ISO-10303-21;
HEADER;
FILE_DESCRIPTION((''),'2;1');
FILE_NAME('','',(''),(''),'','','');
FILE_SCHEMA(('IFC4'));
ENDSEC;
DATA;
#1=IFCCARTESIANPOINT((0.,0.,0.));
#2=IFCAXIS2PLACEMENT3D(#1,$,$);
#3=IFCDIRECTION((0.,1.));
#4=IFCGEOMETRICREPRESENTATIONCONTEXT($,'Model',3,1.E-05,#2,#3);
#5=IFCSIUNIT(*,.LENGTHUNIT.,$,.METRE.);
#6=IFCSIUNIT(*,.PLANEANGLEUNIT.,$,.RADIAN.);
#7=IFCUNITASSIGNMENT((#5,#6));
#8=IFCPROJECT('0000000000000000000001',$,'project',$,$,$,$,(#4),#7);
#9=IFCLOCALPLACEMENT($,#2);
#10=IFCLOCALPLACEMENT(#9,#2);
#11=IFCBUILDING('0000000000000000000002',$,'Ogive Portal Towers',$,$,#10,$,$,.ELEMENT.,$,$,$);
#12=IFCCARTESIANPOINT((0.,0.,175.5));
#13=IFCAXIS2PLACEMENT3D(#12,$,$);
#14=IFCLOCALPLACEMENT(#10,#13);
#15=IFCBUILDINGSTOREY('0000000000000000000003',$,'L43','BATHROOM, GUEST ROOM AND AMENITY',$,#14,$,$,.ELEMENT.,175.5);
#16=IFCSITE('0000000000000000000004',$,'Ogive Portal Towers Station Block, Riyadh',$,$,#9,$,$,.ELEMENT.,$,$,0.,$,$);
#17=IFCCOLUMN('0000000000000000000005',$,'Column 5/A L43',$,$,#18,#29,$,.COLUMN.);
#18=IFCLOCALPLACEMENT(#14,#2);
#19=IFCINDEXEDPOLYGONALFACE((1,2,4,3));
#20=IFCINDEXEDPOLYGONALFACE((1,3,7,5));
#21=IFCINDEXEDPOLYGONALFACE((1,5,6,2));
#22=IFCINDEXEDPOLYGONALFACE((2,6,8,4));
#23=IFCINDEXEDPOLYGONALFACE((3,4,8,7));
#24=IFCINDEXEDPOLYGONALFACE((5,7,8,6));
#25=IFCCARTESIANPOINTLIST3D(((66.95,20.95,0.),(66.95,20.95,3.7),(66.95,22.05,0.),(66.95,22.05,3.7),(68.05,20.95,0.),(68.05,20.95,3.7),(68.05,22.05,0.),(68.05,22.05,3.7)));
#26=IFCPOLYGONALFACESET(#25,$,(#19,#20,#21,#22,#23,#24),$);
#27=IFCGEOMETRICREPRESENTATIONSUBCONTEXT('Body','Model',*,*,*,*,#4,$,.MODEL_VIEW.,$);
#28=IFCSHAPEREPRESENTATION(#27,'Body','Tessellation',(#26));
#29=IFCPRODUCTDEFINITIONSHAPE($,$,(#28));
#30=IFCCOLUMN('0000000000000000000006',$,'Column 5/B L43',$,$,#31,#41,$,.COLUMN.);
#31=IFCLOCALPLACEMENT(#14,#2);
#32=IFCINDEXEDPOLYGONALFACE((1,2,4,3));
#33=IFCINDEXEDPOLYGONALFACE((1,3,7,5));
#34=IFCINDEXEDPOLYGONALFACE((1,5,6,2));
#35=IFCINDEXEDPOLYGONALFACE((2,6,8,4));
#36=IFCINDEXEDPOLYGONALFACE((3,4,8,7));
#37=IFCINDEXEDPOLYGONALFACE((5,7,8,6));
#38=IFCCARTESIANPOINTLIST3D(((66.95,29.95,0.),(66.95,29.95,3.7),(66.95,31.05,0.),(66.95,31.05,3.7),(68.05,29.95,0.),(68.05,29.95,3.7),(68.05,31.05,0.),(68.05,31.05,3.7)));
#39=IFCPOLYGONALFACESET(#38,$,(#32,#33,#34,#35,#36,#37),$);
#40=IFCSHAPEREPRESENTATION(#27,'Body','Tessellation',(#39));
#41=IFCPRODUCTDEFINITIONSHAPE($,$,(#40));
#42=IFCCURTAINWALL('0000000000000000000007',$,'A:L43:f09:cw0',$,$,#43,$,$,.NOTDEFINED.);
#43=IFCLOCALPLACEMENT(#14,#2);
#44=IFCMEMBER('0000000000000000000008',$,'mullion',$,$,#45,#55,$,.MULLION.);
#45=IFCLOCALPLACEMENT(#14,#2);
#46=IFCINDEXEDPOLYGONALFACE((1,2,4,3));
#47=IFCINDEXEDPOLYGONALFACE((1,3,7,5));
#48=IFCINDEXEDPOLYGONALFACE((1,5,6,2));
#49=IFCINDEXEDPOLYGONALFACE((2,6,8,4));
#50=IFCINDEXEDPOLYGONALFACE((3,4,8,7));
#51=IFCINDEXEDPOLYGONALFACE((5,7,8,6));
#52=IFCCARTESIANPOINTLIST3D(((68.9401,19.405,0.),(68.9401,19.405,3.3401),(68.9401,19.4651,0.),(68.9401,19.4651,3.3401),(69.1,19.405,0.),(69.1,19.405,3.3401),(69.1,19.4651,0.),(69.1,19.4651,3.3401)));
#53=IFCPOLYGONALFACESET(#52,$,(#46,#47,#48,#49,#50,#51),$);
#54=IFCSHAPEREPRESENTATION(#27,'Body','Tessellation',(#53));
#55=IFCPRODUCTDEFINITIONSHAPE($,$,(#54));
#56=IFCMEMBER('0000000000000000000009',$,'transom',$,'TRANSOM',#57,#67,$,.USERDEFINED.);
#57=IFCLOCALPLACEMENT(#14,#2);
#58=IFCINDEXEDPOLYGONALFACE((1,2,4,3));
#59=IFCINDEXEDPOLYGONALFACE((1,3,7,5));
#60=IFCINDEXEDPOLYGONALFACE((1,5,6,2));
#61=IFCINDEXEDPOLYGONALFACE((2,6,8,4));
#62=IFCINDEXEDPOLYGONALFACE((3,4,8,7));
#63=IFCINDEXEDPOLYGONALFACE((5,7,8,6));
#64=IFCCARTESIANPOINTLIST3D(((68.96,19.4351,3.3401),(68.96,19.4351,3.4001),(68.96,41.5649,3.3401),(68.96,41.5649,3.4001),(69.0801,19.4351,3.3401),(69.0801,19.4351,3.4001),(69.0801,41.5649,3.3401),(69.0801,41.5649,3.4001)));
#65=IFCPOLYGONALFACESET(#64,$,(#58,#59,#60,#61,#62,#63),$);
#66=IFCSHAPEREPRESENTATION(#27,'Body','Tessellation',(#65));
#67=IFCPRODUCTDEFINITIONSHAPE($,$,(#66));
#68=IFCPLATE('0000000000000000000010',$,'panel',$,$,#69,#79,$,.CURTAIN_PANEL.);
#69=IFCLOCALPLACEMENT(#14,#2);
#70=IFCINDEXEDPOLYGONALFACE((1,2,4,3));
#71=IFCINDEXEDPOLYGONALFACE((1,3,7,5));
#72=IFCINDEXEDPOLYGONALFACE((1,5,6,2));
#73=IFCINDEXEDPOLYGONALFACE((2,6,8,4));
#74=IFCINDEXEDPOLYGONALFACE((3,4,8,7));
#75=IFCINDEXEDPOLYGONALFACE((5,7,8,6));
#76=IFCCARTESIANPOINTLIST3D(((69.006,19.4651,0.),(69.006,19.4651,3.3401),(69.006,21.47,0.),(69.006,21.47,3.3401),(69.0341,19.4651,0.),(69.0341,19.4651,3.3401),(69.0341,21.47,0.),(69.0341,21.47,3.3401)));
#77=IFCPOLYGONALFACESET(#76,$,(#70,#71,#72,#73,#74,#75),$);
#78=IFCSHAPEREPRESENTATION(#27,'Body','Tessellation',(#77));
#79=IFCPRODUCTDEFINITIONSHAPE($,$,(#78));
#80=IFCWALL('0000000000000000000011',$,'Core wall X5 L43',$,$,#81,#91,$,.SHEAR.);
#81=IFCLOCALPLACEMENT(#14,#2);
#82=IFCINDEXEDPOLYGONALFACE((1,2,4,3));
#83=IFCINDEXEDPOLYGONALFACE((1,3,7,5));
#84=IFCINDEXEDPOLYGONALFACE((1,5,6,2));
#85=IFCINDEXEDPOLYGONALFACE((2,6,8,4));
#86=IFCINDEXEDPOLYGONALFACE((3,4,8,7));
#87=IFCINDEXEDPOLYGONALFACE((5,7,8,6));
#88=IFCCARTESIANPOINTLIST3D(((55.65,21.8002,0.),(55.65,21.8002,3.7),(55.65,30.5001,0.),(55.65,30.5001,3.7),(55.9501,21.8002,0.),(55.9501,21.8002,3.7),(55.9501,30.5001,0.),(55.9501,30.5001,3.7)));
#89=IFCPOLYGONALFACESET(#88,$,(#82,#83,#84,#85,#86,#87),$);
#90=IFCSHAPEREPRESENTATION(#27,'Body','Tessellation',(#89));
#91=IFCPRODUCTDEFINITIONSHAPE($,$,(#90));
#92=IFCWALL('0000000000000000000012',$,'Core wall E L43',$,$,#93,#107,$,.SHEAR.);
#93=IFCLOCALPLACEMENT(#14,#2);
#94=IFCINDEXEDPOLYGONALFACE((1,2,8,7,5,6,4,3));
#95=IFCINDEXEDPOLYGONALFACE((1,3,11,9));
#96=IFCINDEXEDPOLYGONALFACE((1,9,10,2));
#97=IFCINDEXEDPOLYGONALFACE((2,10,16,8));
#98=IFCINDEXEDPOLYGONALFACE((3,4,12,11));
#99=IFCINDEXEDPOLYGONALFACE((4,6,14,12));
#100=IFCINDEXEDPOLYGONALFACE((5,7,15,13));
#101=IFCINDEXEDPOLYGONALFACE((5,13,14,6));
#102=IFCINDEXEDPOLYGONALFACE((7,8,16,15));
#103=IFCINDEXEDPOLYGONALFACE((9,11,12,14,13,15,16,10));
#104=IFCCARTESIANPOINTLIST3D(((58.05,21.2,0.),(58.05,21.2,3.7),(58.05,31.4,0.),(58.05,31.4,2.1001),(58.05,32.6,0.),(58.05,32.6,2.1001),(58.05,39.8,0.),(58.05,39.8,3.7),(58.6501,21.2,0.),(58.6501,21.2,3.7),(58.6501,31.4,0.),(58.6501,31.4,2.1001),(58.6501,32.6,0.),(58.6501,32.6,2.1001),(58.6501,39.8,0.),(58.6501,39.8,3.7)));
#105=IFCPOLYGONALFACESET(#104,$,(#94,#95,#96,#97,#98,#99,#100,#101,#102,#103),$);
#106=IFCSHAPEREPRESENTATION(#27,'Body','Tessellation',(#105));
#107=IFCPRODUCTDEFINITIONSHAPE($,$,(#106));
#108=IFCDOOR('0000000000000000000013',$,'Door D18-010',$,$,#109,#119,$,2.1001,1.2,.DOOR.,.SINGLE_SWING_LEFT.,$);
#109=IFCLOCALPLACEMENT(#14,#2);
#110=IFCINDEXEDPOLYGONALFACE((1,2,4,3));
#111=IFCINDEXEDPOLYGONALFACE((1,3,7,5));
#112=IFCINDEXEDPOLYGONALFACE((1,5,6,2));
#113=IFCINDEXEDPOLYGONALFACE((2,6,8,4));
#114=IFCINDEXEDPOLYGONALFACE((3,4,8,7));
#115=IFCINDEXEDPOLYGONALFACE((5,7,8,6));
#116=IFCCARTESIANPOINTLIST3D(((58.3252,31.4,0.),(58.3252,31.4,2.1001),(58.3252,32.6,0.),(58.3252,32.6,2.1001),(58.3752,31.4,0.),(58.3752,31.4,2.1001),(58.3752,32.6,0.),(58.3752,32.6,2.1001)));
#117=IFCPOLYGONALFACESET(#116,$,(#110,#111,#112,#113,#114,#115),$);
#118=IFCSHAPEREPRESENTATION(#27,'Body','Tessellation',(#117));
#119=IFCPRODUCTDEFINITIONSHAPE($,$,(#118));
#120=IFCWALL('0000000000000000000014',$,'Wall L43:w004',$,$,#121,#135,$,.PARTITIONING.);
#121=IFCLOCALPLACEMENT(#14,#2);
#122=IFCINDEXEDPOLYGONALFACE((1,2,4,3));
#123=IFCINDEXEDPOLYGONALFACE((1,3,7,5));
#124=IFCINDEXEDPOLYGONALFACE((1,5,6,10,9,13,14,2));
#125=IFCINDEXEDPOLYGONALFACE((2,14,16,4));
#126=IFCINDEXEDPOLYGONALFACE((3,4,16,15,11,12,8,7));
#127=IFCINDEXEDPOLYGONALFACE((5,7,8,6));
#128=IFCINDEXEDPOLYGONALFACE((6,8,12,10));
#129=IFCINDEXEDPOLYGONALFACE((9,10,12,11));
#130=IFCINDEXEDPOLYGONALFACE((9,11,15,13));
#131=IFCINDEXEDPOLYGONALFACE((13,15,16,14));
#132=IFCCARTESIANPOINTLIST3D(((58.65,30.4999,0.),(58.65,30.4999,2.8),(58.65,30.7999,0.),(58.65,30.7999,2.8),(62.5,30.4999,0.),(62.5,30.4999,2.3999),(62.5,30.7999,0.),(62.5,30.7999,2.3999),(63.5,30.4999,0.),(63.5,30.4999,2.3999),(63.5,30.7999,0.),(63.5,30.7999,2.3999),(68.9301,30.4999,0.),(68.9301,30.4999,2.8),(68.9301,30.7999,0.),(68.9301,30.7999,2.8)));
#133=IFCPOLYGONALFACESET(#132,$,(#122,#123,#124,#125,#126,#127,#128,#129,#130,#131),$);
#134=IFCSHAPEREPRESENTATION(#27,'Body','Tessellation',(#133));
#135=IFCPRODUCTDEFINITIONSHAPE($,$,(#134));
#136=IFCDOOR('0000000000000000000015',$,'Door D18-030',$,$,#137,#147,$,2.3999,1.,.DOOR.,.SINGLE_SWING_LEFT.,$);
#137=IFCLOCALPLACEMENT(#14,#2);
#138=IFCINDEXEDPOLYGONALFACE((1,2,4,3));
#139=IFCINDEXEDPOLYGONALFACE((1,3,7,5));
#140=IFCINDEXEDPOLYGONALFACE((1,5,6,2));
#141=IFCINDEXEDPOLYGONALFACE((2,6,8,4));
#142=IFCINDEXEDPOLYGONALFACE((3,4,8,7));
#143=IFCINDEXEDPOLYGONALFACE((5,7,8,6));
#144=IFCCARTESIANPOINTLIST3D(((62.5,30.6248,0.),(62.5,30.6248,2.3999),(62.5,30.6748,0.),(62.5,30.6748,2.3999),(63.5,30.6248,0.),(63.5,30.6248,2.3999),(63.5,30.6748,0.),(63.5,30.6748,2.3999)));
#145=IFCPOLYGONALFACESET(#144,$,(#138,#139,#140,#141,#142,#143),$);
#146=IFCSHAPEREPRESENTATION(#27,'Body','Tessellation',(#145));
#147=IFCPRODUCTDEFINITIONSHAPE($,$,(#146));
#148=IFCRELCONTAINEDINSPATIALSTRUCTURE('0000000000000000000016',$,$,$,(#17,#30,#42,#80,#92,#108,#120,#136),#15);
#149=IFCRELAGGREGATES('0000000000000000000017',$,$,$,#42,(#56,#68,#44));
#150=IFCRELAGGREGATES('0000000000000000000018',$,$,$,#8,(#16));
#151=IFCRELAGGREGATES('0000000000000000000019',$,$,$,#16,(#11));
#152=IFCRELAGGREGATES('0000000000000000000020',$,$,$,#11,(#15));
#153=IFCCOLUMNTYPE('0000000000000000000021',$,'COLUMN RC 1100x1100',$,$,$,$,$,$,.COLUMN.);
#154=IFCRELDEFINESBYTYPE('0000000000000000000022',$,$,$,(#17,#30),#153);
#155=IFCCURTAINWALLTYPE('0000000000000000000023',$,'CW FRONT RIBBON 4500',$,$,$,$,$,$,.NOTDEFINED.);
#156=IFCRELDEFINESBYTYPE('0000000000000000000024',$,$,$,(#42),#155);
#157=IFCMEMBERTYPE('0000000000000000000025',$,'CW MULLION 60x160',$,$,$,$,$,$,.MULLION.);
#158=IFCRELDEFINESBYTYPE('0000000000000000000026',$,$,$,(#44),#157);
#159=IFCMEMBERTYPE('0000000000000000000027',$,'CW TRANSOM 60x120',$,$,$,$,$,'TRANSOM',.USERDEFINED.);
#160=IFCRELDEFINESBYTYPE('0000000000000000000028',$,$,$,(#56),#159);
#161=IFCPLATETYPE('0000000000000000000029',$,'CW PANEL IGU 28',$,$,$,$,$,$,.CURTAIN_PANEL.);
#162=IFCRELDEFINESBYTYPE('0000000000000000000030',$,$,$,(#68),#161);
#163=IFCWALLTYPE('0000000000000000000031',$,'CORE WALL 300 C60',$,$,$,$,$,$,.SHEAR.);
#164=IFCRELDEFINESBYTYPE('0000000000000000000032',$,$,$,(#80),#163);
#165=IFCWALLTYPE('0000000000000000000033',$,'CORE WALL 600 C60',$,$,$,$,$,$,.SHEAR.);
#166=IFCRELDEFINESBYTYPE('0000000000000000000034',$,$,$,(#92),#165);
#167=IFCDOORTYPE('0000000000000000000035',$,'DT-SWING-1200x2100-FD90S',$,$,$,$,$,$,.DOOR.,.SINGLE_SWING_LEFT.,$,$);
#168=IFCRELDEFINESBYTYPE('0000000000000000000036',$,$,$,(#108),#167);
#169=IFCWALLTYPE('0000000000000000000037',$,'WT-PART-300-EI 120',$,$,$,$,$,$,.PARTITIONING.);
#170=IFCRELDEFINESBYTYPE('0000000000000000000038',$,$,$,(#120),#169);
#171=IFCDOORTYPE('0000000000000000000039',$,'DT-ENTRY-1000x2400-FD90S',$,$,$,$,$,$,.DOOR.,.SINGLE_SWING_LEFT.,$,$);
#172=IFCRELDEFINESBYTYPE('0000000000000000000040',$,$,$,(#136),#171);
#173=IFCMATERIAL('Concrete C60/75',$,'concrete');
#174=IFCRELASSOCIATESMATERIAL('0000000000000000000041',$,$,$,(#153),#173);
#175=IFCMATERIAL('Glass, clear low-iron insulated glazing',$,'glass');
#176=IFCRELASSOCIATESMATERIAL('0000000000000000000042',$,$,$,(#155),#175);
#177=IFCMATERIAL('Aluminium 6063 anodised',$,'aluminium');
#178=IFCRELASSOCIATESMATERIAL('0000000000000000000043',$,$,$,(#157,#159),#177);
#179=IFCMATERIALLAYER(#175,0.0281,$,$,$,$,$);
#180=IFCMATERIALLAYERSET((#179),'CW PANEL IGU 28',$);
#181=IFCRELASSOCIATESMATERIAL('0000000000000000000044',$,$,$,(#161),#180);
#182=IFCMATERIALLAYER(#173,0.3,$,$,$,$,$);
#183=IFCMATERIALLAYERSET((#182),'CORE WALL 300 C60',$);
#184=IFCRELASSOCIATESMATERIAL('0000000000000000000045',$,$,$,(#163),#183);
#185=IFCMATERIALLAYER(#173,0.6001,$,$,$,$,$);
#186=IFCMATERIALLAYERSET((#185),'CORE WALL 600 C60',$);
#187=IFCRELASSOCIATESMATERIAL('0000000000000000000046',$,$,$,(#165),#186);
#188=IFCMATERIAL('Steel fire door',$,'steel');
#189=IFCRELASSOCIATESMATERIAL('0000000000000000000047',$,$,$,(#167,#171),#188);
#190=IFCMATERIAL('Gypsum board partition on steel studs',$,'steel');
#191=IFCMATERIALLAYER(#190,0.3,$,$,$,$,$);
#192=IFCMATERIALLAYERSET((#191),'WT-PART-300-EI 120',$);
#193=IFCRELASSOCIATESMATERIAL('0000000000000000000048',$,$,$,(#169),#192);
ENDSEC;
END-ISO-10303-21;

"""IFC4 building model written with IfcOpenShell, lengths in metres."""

from ifc_helpers import new_model, si_unit, direction, frame, frame_2d, origin, origin_2d, place, context, subcontext, project, spatial, rectangle, extrude, material, layer, layer_set, material_profile, profile_set, type_object, element, fill, aggregate, save


model = new_model("IFC4")

# Units and contexts
model_context = context("Model", 3, precision=1e-05, world=origin(), true_north=direction((0.0, 1.0)))
body_context = subcontext(model_context, "Body", "Model", "MODEL_VIEW")
ifc_project = project(units=[si_unit("LENGTHUNIT", "METRE"), si_unit("PLANEANGLEUNIT", "RADIAN")], contexts=[model_context])

# Site, building, storey
site_placement = place(None, origin())
site = spatial("IfcSite", under=ifc_project, at=site_placement, Name="Ogive Portal Towers Station Block, Riyadh", CompositionType="ELEMENT", RefElevation=0.0)
building_placement = place(site_placement, origin())
building = spatial("IfcBuilding", under=site, at=building_placement, Name="Ogive Portal Towers", CompositionType="ELEMENT")
storey_placement = place(building_placement, frame((0.0, 0.0, 175.5)))
storey = spatial("IfcBuildingStorey", under=building, at=storey_placement, Name="L43", Description="BATHROOM, GUEST ROOM AND AMENITY", CompositionType="ELEMENT", Elevation=175.5)

# Columns
ifc_material_1 = material(Name="Concrete C60/75", Category="concrete")
ifc_material_profile_1 = material_profile(ifc_material_1, rectangle(XDim=1.1001, YDim=1.1001, at=origin_2d()), Name="RC 1100x1100")
ifc_profile_set_1 = profile_set([ifc_material_profile_1], Name="Concrete C60/75")
column_type = type_object("IfcColumnType", Name="COLUMN RC 1100x1100", PredefinedType="COLUMN", material=ifc_profile_set_1)
for number, where, z_axis, x_axis, name in (
    (1, (67.5, 21.5, 0.0), (0.0, 0.0, 1.0), (1.0, 0.0, 0.0), "Column 5/A L43"),
    (2, (67.5, 30.5, 0.0), (0.0, 0.0, 1.0), (1.0, 0.0, 0.0), "Column 5/B L43"),
):
    element("IfcColumn", number, at=place(storey_placement, frame(where, z_axis=z_axis, x_axis=x_axis)), inside=storey, type_object=column_type, Name=name, PredefinedType="COLUMN", context=body_context, shape_type="SweptSolid", body=[
        extrude(rectangle(XDim=1.1001, YDim=1.1001, at=origin_2d()), origin(), (0.0, 0.0, 1.0), 3.7),
    ])

# Curtain wall, members, plate
ifc_material_2 = material(Name="Glass, clear low-iron insulated glazing", Category="glass")
curtain_wall_type = type_object("IfcCurtainWallType", Name="CW FRONT RIBBON 4500", PredefinedType="NOTDEFINED", material=ifc_material_2)
curtain_wall_placement = place(storey_placement, origin())
curtain_wall = element("IfcCurtainWall", 3, at=curtain_wall_placement, inside=storey, type_object=curtain_wall_type, Name="A:L43:f09:cw0", PredefinedType="NOTDEFINED")
ifc_material_3 = material(Name="Aluminium 6063 anodised", Category="aluminium")
ifc_material_profile_2 = material_profile(ifc_material_3, rectangle(XDim=0.1599, YDim=0.0601, at=origin_2d()), Name="AL 60x160")
ifc_profile_set_2 = profile_set([ifc_material_profile_2], Name="Aluminium 6063 anodised")
member_type_1 = type_object("IfcMemberType", Name="CW MULLION 60x160", PredefinedType="MULLION", material=ifc_profile_set_2)
member_1_placement = place(storey_placement, frame((69.02, 19.4351, 0.0), z_axis=(0.0, 0.0, 1.0), x_axis=(-1.0, 0.0, 0.0)))
member_1 = element("IfcMember", 4, at=member_1_placement, type_object=member_type_1, Name="mullion", PredefinedType="MULLION", context=body_context, shape_type="SweptSolid", body=[
    extrude(rectangle(XDim=0.1599, YDim=0.0601, at=origin_2d()), origin(), (0.0, 0.0, 1.0), 3.3401),
])
ifc_material_profile_3 = material_profile(ifc_material_3, rectangle(XDim=0.1201, YDim=0.0601, at=origin_2d()), Name="AL 120x60")
ifc_profile_set_3 = profile_set([ifc_material_profile_3], Name="Aluminium 6063 anodised")
member_type_2 = type_object("IfcMemberType", Name="CW TRANSOM 60x120", ElementType="TRANSOM", PredefinedType="USERDEFINED", material=ifc_profile_set_3)
member_2_placement = place(storey_placement, frame((69.02, 19.4351, 3.3701), z_axis=(0.0, 1.0, 0.0), x_axis=(-1.0, 0.0, 0.0)))
member_2 = element("IfcMember", 5, at=member_2_placement, type_object=member_type_2, Name="transom", ObjectType="TRANSOM", PredefinedType="USERDEFINED", context=body_context, shape_type="SweptSolid", body=[
    extrude(rectangle(XDim=0.1201, YDim=0.0601, at=origin_2d()), origin(), (0.0, 0.0, 1.0), 22.1299),
])
ifc_layer_1 = layer(ifc_material_2, 0.0281)
ifc_layer_set_1 = layer_set([ifc_layer_1], Name="CW PANEL IGU 28")
plate_type = type_object("IfcPlateType", Name="CW PANEL IGU 28", PredefinedType="CURTAIN_PANEL", material=ifc_layer_set_1)
plate_placement = place(storey_placement, frame((69.02, 20.4675, 0.0), z_axis=(0.0, 0.0, 1.0), x_axis=(0.0, 1.0, 0.0)))
plate = element("IfcPlate", 6, at=plate_placement, type_object=plate_type, Name="panel", PredefinedType="CURTAIN_PANEL", context=body_context, shape_type="SweptSolid", body=[
    extrude(rectangle(XDim=2.0049, YDim=0.0281, at=origin_2d()), origin(), (0.0, 0.0, 1.0), 3.3401),
])
aggregate(curtain_wall, [member_2, plate, member_1])

# Wall
ifc_layer_2 = layer(ifc_material_1, 0.3)
ifc_layer_set_2 = layer_set([ifc_layer_2], Name="CORE WALL 300 C60")
wall_type_1 = type_object("IfcWallType", Name="CORE WALL 300 C60", PredefinedType="SHEAR", material=ifc_layer_set_2)
wall_1_placement = place(storey_placement, frame((55.8, 21.8, 0.0), z_axis=(0.0, 0.0, 1.0), x_axis=(0.0, 1.0, 0.0)))
element("IfcWall", 7, at=wall_1_placement, inside=storey, type_object=wall_type_1, Name="Core wall X5 L43", PredefinedType="SHEAR", context=body_context, shape_type="SweptSolid", body=[
    extrude(rectangle(XDim=8.7, YDim=0.3, at=frame_2d((4.3501, 0.0))), origin(), (0.0, 0.0, 1.0), 3.7),
])

# Walls, openings, doors
ifc_layer_3 = layer(ifc_material_1, 0.6001)
ifc_layer_set_3 = layer_set([ifc_layer_3], Name="CORE WALL 600 C60")
wall_type_2 = type_object("IfcWallType", Name="CORE WALL 600 C60", PredefinedType="SHEAR", material=ifc_layer_set_3)
wall_2_placement = place(storey_placement, frame((58.3501, 21.2, 0.0), z_axis=(0.0, 0.0, 1.0), x_axis=(0.0, 1.0, 0.0)))
wall_2 = element("IfcWall", 8, at=wall_2_placement, inside=storey, type_object=wall_type_2, Name="Core wall E L43", PredefinedType="SHEAR", context=body_context, shape_type="SweptSolid", body=[
    extrude(rectangle(XDim=18.6001, YDim=0.6001, at=frame_2d((9.3, 0.0))), origin(), (0.0, 0.0, 1.0), 3.7),
])
opening_1_placement = place(wall_2_placement, frame((10.2, 0.0, 0.0)))
opening_1 = element("IfcOpeningElement", 9, at=opening_1_placement, cuts=wall_2, PredefinedType="OPENING", context=body_context, shape_type="SweptSolid", body=[
    extrude(rectangle(XDim=1.2, YDim=2.1001, at=frame_2d((0.6001, 1.05))), frame((0.0, 0.3101, 0.0), z_axis=(0.0, -1.0, 0.0), x_axis=(1.0, 0.0, 0.0)), (0.0, 0.0, 1.0), 0.6201),
])
ifc_material_4 = material(Name="Steel fire door", Category="steel")
door_type_1 = type_object("IfcDoorType", Name="DT-SWING-1200x2100-FD90S", OperationType="SINGLE_SWING_LEFT", PredefinedType="DOOR", material=ifc_material_4)
door_1_placement = place(opening_1_placement, origin())
door_1 = element("IfcDoor", 10, at=door_1_placement, inside=storey, type_object=door_type_1, Name="Door D18-010", OperationType="SINGLE_SWING_LEFT", OverallHeight=2.1001, OverallWidth=1.2, PredefinedType="DOOR", context=body_context, shape_type="SweptSolid", body=[
    extrude(rectangle(XDim=1.2, YDim=2.1001, at=frame_2d((0.6001, 1.05))), frame((0.0, 0.0249, 0.0), z_axis=(0.0, -1.0, 0.0), x_axis=(1.0, 0.0, 0.0)), (0.0, 0.0, 1.0), 0.05),
])
fill(opening_1, door_1)
ifc_material_5 = material(Name="Gypsum board partition on steel studs", Category="steel")
ifc_layer_4 = layer(ifc_material_5, 0.3)
ifc_layer_set_4 = layer_set([ifc_layer_4], Name="WT-PART-300-EI 120")
wall_type_3 = type_object("IfcWallType", Name="WT-PART-300-EI 120", PredefinedType="PARTITIONING", material=ifc_layer_set_4)
wall_3_placement = place(storey_placement, frame((58.6499, 30.6499, 0.0), z_axis=(0.0, 0.0, 1.0), x_axis=(1.0, 0.0, 0.0)))
wall_3 = element("IfcWall", 11, at=wall_3_placement, inside=storey, type_object=wall_type_3, Name="Wall L43:w004", PredefinedType="PARTITIONING", context=body_context, shape_type="SweptSolid", body=[
    extrude(rectangle(XDim=10.28, YDim=0.3, at=frame_2d((5.1401, 0.0))), origin(), (0.0, 0.0, 1.0), 2.8),
])
opening_2_placement = place(wall_3_placement, frame((3.8501, 0.0, 0.0)))
opening_2 = element("IfcOpeningElement", 12, at=opening_2_placement, cuts=wall_3, PredefinedType="OPENING", context=body_context, shape_type="SweptSolid", body=[
    extrude(rectangle(XDim=1.0, YDim=2.3999, at=frame_2d((0.5, 1.2))), frame((0.0, 0.1602, 0.0), z_axis=(0.0, -1.0, 0.0), x_axis=(1.0, 0.0, 0.0)), (0.0, 0.0, 1.0), 0.3201),
])
door_type_2 = type_object("IfcDoorType", Name="DT-ENTRY-1000x2400-FD90S", OperationType="SINGLE_SWING_LEFT", PredefinedType="DOOR", material=ifc_material_4)
door_2_placement = place(opening_2_placement, origin())
door_2 = element("IfcDoor", 13, at=door_2_placement, inside=storey, type_object=door_type_2, Name="Door D18-030", OperationType="SINGLE_SWING_LEFT", OverallHeight=2.3999, OverallWidth=1.0, PredefinedType="DOOR", context=body_context, shape_type="SweptSolid", body=[
    extrude(rectangle(XDim=1.0, YDim=2.3999, at=frame_2d((0.5, 1.2))), frame((0.0, 0.0249, 0.0), z_axis=(0.0, -1.0, 0.0), x_axis=(1.0, 0.0, 0.0)), (0.0, 0.0, 1.0), 0.05),
])
fill(opening_2, door_2)

save(model, "model.ifc")
